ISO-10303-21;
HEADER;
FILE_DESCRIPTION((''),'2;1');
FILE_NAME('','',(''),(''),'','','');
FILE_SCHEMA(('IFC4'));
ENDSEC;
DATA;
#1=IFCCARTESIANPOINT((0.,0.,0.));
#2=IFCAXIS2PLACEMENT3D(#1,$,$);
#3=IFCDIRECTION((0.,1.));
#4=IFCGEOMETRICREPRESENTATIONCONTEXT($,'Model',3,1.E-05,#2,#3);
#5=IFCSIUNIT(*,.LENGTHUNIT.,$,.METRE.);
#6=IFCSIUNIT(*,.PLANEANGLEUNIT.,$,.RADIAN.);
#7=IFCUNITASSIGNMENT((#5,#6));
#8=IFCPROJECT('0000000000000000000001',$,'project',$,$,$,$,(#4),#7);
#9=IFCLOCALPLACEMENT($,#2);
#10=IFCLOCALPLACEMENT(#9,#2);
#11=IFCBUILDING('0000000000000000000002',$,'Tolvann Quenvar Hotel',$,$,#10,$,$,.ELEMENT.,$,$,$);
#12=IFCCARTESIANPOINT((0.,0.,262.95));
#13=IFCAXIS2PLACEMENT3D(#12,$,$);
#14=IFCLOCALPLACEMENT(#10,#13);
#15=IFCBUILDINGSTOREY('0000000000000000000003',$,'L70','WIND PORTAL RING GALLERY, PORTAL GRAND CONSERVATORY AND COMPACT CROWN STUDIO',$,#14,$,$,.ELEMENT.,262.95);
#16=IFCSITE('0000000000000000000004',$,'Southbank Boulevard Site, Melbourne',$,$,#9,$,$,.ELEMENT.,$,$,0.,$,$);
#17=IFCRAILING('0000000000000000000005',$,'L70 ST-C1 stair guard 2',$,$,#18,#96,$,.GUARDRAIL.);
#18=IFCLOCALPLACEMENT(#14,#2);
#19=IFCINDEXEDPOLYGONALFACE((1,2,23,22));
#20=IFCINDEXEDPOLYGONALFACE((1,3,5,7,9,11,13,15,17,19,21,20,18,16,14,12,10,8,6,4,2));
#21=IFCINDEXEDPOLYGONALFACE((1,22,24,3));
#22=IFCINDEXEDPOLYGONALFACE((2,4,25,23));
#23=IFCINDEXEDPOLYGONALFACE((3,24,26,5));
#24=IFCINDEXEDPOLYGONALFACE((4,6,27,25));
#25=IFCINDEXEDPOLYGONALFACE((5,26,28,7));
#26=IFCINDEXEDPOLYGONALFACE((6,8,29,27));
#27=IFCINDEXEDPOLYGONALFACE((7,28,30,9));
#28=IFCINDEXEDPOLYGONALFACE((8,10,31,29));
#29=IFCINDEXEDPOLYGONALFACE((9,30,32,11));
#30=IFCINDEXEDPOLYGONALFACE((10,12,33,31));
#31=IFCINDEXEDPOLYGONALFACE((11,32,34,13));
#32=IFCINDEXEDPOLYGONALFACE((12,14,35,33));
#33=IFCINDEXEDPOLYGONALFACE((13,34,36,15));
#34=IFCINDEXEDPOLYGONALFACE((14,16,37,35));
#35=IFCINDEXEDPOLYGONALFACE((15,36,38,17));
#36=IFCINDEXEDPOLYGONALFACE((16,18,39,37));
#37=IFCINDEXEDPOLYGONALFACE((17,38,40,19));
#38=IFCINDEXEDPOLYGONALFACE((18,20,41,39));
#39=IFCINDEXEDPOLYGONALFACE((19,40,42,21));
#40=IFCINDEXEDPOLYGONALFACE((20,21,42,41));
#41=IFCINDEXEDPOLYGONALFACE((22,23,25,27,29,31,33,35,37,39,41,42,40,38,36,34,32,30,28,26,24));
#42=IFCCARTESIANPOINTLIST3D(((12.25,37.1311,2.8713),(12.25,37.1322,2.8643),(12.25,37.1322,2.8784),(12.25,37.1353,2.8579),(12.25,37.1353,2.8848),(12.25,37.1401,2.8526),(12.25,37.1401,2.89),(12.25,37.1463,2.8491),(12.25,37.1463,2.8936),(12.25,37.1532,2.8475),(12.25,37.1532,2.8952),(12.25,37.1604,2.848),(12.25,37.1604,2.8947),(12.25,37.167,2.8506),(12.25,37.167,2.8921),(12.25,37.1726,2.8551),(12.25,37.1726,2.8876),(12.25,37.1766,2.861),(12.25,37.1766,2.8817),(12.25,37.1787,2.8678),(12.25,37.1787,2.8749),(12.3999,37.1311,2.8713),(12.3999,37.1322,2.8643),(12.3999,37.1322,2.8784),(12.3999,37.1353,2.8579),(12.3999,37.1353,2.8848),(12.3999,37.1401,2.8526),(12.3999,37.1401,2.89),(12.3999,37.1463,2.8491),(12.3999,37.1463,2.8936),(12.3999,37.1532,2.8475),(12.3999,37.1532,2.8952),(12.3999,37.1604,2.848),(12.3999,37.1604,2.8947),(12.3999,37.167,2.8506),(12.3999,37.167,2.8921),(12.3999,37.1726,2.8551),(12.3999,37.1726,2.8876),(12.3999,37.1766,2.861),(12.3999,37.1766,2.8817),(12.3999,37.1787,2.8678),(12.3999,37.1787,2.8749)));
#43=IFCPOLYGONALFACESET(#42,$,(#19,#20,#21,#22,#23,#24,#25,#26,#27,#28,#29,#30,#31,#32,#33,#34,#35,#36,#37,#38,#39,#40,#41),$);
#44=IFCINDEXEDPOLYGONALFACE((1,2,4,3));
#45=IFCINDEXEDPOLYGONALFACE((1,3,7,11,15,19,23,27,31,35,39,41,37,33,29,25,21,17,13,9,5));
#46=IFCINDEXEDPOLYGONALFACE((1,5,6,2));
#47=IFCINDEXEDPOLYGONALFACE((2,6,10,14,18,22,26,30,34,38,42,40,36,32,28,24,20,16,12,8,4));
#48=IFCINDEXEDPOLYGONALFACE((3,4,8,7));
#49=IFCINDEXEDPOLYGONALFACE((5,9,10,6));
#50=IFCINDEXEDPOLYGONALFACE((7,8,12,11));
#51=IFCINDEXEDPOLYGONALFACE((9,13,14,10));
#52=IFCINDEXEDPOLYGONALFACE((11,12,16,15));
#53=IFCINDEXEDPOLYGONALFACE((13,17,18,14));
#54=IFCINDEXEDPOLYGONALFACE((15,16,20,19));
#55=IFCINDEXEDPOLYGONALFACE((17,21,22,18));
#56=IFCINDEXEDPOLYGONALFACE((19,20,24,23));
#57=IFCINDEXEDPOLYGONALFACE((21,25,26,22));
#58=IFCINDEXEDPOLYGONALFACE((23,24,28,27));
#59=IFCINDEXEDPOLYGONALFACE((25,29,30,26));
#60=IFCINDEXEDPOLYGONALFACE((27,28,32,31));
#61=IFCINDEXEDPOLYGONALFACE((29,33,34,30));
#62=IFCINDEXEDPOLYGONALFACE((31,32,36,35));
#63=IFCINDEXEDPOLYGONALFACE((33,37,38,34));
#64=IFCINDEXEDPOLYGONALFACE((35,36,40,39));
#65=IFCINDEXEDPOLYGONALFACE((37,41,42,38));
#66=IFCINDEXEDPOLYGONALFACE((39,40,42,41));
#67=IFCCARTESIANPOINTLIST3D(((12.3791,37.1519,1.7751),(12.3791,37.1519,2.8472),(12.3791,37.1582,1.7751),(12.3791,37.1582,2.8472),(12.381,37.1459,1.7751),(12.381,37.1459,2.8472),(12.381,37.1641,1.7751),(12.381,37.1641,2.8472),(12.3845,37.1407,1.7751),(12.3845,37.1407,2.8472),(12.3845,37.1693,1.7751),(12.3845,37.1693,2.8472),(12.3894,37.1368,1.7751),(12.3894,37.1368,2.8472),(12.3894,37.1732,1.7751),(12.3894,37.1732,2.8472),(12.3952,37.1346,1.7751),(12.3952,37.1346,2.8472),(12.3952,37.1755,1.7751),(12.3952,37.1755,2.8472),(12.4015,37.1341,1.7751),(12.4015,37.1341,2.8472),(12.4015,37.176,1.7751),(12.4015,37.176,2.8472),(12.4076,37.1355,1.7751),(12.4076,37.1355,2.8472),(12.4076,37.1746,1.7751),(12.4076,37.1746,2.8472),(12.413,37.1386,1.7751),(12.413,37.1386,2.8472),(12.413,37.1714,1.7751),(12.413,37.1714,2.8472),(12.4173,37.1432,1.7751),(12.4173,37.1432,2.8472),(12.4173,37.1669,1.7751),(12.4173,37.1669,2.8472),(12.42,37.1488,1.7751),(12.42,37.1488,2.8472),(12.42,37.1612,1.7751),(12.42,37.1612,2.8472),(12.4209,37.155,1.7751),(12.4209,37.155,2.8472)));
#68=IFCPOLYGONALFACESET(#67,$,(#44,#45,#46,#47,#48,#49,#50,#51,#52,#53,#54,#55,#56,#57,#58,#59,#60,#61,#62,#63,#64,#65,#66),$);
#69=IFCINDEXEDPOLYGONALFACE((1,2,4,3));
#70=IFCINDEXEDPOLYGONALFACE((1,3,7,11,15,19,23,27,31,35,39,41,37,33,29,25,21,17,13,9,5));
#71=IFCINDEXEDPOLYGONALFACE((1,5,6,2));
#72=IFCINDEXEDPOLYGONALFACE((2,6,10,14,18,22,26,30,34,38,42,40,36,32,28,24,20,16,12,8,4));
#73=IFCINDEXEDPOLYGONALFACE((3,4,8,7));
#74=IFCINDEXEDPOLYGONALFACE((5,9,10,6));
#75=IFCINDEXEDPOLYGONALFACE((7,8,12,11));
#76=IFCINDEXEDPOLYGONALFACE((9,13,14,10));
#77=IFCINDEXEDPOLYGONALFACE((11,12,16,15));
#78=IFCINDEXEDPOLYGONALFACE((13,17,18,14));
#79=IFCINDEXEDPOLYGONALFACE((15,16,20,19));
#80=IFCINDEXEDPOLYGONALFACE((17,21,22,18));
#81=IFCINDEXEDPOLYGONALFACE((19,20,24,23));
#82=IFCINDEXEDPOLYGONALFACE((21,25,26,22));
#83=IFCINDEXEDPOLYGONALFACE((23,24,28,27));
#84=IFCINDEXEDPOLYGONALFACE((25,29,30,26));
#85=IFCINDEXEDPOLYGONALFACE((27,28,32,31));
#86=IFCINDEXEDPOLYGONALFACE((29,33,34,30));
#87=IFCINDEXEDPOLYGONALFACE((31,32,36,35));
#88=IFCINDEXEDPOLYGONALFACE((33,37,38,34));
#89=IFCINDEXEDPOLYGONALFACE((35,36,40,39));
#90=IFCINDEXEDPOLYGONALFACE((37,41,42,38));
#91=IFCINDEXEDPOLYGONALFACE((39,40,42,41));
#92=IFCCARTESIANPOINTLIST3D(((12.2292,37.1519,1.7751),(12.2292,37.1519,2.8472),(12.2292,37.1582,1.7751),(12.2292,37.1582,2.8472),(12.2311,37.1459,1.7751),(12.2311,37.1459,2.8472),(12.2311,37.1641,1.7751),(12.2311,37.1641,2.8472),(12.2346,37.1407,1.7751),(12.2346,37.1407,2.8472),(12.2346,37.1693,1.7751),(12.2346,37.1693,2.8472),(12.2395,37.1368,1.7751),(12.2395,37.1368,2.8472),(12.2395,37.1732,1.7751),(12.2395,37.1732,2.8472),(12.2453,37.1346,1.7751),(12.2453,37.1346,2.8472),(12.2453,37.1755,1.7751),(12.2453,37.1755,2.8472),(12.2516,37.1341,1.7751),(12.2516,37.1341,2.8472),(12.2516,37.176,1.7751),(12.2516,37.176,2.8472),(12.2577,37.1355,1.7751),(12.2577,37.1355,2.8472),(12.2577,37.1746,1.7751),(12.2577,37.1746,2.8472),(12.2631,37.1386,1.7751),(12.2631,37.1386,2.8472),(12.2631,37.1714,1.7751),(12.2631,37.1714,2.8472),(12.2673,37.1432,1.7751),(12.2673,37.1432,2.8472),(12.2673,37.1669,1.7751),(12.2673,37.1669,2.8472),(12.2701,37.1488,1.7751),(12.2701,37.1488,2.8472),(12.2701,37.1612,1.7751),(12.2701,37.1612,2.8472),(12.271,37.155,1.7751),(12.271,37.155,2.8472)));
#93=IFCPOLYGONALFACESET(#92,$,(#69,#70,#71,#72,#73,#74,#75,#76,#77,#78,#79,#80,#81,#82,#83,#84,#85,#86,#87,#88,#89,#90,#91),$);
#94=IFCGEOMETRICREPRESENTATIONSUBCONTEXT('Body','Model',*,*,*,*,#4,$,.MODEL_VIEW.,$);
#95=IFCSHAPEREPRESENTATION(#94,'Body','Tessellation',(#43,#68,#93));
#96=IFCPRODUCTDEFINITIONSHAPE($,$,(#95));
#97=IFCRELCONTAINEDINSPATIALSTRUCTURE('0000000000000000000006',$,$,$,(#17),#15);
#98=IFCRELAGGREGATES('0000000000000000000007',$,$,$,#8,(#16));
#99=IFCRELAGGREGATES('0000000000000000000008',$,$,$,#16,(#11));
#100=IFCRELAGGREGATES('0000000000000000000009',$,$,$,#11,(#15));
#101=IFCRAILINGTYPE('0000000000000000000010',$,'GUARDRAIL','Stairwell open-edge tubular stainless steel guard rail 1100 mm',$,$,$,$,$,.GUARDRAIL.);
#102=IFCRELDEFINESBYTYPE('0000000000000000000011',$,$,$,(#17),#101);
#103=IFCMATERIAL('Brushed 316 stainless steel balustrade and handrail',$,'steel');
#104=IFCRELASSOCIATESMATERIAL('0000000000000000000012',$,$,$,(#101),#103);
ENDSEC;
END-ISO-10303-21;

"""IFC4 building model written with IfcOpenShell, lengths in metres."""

from ifc_helpers import new_model, si_unit, direction, frame, origin, origin_2d, place, context, subcontext, project, spatial, circle, extrude, material, type_object, element, save


model = new_model("IFC4")

# Units and contexts
model_context = context("Model", 3, precision=1e-05, world=origin(), true_north=direction((0.0, 1.0)))
body_context = subcontext(model_context, "Body", "Model", "MODEL_VIEW")
ifc_project = project(units=[si_unit("LENGTHUNIT", "METRE"), si_unit("PLANEANGLEUNIT", "RADIAN")], contexts=[model_context])

# Site, building, storey
site_placement = place(None, origin())
site = spatial("IfcSite", under=ifc_project, at=site_placement, Name="Southbank Boulevard Site, Melbourne", CompositionType="ELEMENT", RefElevation=0.0)
building_placement = place(site_placement, origin())
building = spatial("IfcBuilding", under=site, at=building_placement, Name="Tolvann Quenvar Hotel", CompositionType="ELEMENT")
storey_placement = place(building_placement, frame((0.0, 0.0, 262.95)))
storey = spatial("IfcBuildingStorey", under=building, at=storey_placement, Name="L70", Description="WIND PORTAL RING GALLERY, PORTAL GRAND CONSERVATORY AND COMPACT CROWN STUDIO", CompositionType="ELEMENT", Elevation=262.95)

# Railing
ifc_material_1 = material(Name="Brushed 316 stainless steel balustrade and handrail", Category="steel")
railing_type_1 = type_object("IfcRailingType", Name="GUARDRAIL", Description="Stairwell open-edge tubular stainless steel guard rail 1100 mm", PredefinedType="GUARDRAIL", material=ifc_material_1)
railing_1_placement = place(storey_placement, frame((12.3999, 37.155, 1.7751)))
element("IfcRailing", 1, at=railing_1_placement, inside=storey, type_object=railing_type_1, Name="L70 ST-C1 stair guard 2", PredefinedType="GUARDRAIL", context=body_context, shape_type="SweptSolid", body=[
    extrude(circle(Radius=0.0239, at=origin_2d()), frame((0.0, 0.0, 1.0962), z_axis=(-1.0, 0.0, 0.0), x_axis=(0.0, -1.0, 0.0)), (0.0, 0.0, 1.0), 0.1499),
    extrude(circle(Radius=0.021, at=origin_2d()), origin(), (0.0, 0.0, 1.0), 1.072),
    extrude(circle(Radius=0.021, at=origin_2d()), frame((-0.1499, 0.0, 0.0)), (0.0, 0.0, 1.0), 1.072),
])

save(model, "model.ifc")
